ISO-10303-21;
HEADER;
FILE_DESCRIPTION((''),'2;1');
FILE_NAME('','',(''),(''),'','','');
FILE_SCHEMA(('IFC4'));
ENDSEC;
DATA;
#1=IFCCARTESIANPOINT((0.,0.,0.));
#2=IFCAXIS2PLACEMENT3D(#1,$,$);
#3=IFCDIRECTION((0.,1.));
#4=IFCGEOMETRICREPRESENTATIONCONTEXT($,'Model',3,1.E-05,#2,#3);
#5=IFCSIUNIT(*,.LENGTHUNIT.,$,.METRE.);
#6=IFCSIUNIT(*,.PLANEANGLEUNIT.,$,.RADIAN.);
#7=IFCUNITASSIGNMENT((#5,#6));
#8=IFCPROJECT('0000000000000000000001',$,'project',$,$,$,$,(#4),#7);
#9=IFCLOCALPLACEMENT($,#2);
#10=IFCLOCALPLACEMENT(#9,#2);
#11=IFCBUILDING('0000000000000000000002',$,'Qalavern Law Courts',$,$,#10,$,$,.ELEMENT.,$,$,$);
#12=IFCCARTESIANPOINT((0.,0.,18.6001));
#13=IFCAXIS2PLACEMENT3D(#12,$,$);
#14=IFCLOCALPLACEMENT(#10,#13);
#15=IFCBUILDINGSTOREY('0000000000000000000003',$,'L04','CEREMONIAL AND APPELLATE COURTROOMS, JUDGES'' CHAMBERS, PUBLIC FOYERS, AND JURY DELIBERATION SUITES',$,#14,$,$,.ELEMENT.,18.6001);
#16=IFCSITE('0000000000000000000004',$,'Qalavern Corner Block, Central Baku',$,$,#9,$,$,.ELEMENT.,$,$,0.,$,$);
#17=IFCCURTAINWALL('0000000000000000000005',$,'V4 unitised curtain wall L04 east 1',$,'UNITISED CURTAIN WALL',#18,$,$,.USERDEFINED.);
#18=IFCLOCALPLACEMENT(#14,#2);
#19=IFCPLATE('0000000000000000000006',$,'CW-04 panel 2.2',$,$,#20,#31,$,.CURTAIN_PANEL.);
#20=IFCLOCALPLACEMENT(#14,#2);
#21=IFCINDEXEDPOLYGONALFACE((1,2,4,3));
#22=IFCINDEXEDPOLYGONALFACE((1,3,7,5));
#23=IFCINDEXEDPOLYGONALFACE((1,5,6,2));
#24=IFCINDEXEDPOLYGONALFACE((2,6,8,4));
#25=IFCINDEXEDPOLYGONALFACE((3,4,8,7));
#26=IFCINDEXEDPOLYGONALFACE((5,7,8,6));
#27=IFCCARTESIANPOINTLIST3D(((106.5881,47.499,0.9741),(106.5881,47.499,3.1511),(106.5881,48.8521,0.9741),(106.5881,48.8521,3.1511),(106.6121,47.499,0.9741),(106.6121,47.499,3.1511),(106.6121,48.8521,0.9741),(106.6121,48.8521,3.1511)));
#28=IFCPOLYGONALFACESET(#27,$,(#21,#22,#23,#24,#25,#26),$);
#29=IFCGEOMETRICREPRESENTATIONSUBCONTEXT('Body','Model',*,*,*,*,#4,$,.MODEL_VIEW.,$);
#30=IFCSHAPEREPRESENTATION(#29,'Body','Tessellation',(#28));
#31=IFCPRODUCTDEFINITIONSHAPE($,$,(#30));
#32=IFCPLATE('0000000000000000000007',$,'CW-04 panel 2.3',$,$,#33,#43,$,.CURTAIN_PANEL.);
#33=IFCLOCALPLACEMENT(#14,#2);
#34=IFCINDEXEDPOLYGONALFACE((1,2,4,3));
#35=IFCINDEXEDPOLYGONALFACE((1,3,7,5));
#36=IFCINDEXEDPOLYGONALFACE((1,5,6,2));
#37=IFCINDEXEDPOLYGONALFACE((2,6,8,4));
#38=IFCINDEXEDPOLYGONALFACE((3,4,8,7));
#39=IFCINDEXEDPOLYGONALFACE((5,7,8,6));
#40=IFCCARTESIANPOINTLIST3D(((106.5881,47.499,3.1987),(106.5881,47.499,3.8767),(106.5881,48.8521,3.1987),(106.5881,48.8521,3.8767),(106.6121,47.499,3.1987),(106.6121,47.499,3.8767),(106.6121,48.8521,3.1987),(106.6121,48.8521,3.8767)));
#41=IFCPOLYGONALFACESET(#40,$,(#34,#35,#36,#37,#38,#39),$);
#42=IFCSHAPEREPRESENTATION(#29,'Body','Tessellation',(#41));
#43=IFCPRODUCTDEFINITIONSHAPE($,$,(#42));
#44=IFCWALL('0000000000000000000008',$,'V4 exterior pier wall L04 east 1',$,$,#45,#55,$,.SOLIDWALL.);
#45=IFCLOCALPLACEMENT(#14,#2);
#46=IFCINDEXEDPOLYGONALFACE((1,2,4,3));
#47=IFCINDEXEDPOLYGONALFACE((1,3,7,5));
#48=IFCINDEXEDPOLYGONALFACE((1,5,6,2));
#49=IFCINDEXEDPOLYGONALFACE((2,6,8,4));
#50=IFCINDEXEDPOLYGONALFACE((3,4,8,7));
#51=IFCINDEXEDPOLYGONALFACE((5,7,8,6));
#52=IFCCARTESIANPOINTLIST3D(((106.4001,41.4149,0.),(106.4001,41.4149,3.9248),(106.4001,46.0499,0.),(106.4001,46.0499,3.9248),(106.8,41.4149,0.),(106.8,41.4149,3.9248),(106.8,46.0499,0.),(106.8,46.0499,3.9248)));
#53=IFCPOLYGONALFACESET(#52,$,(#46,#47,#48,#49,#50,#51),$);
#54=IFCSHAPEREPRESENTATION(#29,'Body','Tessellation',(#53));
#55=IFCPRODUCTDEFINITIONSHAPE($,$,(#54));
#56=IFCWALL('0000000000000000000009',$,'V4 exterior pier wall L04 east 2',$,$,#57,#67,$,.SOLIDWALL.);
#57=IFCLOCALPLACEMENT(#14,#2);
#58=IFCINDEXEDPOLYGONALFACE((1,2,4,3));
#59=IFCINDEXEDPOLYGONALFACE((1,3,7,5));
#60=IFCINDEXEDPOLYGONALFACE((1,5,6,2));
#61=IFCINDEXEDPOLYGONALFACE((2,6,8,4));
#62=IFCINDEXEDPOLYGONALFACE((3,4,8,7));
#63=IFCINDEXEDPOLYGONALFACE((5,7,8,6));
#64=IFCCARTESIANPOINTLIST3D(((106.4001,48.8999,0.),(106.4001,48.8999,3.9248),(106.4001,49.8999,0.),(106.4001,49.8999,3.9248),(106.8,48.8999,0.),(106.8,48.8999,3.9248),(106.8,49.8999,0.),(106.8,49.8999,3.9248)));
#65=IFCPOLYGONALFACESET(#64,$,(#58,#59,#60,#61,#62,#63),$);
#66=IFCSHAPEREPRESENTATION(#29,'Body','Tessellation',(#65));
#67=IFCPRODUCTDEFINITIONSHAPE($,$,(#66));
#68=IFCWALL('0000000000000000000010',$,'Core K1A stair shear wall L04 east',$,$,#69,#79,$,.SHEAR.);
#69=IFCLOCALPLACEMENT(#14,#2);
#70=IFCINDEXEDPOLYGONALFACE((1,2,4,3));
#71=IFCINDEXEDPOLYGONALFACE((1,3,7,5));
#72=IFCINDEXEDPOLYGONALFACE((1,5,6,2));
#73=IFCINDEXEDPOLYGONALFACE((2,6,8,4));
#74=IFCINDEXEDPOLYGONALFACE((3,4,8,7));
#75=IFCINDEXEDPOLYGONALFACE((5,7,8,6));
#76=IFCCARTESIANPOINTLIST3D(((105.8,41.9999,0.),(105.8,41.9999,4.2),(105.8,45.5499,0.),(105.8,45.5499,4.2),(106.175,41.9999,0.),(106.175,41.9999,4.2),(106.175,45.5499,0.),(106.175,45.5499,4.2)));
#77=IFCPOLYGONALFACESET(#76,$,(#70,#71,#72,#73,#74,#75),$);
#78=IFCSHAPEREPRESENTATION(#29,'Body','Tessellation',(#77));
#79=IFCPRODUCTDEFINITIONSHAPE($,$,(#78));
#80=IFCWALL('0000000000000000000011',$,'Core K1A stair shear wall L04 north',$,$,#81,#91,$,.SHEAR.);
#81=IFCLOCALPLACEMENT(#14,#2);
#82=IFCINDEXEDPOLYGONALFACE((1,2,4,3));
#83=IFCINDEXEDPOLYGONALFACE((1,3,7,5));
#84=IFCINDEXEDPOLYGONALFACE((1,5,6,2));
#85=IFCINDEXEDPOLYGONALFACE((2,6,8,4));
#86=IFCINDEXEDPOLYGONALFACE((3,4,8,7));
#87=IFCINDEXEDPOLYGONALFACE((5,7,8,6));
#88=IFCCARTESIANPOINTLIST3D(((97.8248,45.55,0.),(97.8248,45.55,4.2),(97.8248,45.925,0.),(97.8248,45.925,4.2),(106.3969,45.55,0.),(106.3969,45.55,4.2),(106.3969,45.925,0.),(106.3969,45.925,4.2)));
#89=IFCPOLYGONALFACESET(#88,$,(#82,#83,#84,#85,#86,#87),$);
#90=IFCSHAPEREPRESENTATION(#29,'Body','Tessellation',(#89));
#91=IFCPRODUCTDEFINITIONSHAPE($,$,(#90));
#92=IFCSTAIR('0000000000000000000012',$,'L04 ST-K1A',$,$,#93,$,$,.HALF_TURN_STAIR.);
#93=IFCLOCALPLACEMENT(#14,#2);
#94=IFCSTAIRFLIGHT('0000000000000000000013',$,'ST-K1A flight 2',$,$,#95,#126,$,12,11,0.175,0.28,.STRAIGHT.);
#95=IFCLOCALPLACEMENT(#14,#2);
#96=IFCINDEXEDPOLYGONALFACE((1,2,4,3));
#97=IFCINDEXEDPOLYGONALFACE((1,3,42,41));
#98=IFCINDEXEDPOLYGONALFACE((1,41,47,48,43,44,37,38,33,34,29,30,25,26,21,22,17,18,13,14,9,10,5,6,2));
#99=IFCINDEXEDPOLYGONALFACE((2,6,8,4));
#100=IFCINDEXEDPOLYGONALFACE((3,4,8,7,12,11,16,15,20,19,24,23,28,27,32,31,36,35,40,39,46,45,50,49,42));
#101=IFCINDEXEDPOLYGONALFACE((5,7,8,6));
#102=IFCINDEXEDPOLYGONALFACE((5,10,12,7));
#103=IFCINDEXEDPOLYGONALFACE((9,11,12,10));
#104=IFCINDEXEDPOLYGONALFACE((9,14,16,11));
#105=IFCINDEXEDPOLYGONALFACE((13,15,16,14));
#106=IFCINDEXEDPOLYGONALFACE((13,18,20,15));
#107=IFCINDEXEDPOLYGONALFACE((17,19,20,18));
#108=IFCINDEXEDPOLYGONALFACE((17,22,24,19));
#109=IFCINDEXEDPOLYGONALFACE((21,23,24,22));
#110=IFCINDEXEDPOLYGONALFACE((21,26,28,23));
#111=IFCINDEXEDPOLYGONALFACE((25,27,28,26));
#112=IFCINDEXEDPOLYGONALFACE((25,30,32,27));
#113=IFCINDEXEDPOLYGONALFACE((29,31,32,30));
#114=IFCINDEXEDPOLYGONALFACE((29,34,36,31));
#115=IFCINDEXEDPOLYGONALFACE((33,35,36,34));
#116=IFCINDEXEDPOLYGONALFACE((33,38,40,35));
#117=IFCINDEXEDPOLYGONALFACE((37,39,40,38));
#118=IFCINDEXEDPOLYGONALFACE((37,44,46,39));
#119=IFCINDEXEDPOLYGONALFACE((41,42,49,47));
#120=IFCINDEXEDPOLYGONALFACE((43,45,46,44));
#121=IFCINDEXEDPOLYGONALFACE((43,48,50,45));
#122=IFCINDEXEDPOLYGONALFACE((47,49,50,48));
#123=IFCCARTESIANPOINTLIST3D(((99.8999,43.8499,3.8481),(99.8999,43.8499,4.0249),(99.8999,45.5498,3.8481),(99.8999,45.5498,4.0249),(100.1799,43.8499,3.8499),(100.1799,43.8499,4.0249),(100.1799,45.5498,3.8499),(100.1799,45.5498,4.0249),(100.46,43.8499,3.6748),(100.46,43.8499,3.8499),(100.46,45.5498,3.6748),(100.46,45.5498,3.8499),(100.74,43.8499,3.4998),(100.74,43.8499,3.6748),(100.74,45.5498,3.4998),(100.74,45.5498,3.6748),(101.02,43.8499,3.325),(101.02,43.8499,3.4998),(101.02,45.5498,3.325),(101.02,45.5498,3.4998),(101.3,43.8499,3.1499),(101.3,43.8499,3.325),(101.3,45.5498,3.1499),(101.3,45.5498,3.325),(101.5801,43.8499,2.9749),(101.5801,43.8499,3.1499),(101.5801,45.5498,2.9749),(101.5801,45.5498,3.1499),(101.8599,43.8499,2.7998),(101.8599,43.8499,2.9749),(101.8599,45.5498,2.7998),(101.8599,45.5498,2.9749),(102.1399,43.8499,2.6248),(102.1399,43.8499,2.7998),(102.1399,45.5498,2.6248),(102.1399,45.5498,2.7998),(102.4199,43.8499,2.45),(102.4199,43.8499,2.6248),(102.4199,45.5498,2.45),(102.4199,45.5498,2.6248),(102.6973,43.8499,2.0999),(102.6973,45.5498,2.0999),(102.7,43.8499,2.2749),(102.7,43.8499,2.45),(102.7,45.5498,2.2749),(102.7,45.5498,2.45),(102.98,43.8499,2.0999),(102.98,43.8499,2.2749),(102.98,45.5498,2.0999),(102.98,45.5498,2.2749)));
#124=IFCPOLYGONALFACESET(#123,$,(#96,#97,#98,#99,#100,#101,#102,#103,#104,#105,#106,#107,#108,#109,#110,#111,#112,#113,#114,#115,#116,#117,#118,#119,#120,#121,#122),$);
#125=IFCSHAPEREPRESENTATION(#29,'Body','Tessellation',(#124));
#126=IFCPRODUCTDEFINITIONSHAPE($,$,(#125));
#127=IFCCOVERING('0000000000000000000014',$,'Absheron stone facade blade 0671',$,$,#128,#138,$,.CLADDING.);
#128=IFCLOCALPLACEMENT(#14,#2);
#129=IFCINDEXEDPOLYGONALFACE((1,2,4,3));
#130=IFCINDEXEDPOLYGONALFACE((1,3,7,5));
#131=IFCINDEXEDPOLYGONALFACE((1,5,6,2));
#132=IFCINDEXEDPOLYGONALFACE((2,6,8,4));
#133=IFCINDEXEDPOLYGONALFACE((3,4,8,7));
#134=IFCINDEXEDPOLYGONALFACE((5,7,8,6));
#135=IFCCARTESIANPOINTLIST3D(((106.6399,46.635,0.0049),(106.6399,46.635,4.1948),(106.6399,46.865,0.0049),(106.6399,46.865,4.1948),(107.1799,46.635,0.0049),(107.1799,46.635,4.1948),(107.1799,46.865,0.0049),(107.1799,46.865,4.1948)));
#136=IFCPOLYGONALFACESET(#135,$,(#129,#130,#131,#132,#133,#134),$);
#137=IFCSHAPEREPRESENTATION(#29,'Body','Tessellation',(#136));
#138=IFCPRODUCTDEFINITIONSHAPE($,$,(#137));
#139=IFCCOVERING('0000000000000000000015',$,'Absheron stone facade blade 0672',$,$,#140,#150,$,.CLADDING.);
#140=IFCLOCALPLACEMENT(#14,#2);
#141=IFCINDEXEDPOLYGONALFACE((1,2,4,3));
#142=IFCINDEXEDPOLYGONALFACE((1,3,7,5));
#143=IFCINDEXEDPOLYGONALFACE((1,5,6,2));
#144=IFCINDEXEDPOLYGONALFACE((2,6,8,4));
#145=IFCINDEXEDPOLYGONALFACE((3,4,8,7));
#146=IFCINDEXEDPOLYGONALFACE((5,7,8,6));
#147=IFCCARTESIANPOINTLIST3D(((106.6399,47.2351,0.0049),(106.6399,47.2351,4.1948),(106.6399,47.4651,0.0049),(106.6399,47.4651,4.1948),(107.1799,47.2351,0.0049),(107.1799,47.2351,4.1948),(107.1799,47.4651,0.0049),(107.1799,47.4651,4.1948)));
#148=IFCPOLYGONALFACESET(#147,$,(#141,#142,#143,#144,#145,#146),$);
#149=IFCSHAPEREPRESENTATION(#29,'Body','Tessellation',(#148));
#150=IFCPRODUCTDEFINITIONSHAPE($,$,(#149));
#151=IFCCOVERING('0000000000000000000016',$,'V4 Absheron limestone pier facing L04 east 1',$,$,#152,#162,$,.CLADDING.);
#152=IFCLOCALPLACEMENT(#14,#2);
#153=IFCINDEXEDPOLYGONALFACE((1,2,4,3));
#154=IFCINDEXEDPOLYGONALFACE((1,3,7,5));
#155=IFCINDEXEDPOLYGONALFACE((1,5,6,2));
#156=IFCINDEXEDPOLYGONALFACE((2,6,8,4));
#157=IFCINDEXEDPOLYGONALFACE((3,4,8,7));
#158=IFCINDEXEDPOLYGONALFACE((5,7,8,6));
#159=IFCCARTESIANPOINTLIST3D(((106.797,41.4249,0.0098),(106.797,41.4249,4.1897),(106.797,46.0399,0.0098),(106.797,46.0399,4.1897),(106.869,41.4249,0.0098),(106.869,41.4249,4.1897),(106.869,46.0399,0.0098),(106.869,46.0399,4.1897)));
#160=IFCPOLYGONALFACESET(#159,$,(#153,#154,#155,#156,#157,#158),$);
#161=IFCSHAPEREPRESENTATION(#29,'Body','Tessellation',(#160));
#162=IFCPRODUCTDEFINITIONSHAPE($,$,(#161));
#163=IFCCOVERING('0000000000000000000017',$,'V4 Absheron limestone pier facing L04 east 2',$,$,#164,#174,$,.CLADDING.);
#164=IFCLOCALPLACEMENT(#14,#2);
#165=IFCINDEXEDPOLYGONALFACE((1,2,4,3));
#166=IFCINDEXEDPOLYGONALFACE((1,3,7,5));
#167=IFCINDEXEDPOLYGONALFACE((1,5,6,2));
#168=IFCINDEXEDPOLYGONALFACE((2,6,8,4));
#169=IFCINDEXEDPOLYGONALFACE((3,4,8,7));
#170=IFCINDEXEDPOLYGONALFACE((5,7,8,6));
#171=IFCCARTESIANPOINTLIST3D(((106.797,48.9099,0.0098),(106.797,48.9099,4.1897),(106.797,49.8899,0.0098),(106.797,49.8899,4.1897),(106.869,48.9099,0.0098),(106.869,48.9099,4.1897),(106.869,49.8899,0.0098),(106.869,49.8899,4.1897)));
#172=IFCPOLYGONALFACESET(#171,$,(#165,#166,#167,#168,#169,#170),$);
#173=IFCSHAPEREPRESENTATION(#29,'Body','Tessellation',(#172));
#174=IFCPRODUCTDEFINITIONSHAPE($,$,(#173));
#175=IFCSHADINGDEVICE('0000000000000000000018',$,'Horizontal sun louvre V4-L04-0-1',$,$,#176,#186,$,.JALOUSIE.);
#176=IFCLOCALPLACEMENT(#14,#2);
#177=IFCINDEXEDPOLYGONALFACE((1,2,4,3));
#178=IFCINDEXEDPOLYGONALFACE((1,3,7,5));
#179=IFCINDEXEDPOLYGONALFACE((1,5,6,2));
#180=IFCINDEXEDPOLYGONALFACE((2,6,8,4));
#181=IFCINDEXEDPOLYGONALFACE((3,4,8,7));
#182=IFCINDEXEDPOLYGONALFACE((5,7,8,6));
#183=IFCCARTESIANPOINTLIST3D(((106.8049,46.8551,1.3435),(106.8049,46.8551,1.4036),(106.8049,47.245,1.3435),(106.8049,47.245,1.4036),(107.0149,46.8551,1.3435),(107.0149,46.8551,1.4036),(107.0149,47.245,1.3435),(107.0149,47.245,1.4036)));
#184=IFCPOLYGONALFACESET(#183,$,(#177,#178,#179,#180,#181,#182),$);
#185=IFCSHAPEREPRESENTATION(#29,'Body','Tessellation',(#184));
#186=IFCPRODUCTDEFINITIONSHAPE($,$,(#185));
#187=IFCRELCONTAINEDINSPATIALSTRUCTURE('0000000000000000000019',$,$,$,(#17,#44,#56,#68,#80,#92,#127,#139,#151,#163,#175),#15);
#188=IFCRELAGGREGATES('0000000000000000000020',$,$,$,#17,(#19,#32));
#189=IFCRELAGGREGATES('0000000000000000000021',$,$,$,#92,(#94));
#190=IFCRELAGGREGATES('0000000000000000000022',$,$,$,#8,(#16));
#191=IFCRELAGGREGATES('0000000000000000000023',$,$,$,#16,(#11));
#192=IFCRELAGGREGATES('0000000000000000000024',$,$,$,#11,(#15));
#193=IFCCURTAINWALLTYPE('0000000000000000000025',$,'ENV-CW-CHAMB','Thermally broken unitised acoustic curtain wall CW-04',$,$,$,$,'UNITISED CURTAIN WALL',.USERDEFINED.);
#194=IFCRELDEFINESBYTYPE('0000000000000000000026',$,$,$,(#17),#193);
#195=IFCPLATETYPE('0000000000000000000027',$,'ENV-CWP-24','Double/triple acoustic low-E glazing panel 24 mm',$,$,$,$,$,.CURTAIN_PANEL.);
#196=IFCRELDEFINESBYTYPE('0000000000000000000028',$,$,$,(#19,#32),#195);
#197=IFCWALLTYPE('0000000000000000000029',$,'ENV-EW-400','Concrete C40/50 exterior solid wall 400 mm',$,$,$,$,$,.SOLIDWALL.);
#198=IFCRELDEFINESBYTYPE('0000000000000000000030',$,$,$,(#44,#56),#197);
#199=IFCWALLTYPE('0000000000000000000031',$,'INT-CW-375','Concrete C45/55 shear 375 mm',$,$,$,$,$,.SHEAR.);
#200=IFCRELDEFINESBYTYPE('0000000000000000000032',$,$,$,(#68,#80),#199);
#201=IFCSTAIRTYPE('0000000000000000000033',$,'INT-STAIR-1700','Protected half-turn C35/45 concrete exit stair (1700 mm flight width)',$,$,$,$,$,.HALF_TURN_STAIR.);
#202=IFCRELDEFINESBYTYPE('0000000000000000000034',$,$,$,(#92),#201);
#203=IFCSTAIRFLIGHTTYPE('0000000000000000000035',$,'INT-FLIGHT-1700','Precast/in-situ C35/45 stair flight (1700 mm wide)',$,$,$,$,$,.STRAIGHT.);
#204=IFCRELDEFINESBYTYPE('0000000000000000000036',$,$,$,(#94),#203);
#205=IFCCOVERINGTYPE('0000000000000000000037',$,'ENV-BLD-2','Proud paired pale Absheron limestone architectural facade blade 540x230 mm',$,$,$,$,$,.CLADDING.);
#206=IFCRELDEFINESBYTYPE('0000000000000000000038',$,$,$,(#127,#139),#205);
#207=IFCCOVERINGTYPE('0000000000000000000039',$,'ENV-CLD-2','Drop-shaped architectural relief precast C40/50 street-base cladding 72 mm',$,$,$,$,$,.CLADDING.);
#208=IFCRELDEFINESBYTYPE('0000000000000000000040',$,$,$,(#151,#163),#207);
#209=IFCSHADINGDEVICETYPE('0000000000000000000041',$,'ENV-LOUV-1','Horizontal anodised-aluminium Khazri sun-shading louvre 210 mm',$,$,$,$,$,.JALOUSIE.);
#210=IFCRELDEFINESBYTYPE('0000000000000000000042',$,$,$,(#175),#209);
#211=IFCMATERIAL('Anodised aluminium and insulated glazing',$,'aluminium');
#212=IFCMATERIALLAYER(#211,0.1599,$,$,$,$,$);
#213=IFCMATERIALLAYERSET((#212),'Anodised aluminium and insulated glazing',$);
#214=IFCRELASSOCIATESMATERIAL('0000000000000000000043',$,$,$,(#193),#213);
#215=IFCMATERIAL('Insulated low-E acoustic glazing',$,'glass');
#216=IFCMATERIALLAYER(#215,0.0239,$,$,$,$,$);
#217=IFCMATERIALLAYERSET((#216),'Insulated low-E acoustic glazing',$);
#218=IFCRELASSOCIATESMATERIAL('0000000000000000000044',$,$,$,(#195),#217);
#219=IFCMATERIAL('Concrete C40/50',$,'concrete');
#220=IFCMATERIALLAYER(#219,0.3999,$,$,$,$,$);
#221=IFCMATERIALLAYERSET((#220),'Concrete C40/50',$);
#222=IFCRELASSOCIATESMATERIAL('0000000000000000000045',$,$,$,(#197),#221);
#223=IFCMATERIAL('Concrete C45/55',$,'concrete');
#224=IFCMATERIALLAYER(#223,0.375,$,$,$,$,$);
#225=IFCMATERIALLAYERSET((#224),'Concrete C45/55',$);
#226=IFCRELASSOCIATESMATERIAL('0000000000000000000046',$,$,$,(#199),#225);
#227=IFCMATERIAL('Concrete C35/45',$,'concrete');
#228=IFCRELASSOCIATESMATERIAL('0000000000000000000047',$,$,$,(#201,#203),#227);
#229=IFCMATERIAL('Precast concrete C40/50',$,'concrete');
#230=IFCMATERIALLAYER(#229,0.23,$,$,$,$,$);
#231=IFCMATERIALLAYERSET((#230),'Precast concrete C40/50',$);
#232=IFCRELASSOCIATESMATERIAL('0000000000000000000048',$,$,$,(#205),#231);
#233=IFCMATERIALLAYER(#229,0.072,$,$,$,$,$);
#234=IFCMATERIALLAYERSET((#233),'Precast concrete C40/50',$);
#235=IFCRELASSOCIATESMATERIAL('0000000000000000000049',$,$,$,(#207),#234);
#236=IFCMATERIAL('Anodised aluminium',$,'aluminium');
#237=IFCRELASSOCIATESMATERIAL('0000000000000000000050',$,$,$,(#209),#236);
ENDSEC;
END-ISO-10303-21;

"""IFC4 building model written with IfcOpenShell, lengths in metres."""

from ifc_helpers import new_model, si_unit, direction, frame, frame_2d, origin, origin_2d, place, context, subcontext, project, spatial, polyline, rectangle, outline, extrude, material, layer, layer_set, type_object, element, aggregate, save


model = new_model("IFC4")

# Units and contexts
model_context = context("Model", 3, precision=1e-05, world=origin(), true_north=direction((0.0, 1.0)))
body_context = subcontext(model_context, "Body", "Model", "MODEL_VIEW")
ifc_project = project(units=[si_unit("LENGTHUNIT", "METRE"), si_unit("PLANEANGLEUNIT", "RADIAN")], contexts=[model_context])

# Site, building, storey
site_placement = place(None, origin())
site = spatial("IfcSite", under=ifc_project, at=site_placement, Name="Qalavern Corner Block, Central Baku", CompositionType="ELEMENT", RefElevation=0.0)
building_placement = place(site_placement, origin())
building = spatial("IfcBuilding", under=site, at=building_placement, Name="Qalavern Law Courts", CompositionType="ELEMENT")
storey_placement = place(building_placement, frame((0.0, 0.0, 18.6001)))
storey = spatial("IfcBuildingStorey", under=building, at=storey_placement, Name="L04", Description="CEREMONIAL AND APPELLATE COURTROOMS, JUDGES' CHAMBERS, PUBLIC FOYERS, AND JURY DELIBERATION SUITES", CompositionType="ELEMENT", Elevation=18.6001)

# Shared definitions
ifc_material_1 = material(Name="Concrete C45/55", Category="concrete")

# Curtain wall
ifc_material_2 = material(Name="Anodised aluminium and insulated glazing", Category="aluminium")
ifc_layer_1 = layer(ifc_material_2, 0.1599)
ifc_layer_set_1 = layer_set([ifc_layer_1], Name="Anodised aluminium and insulated glazing")
curtain_wall_type = type_object("IfcCurtainWallType", Name="ENV-CW-CHAMB", Description="Thermally broken unitised acoustic curtain wall CW-04", ElementType="UNITISED CURTAIN WALL", PredefinedType="USERDEFINED", material=ifc_layer_set_1)
curtain_wall_placement = place(storey_placement, origin())
curtain_wall = element("IfcCurtainWall", 1, at=curtain_wall_placement, inside=storey, type_object=curtain_wall_type, Name="V4 unitised curtain wall L04 east 1", ObjectType="UNITISED CURTAIN WALL", PredefinedType="USERDEFINED")
ifc_material_3 = material(Name="Anodised aluminium", Category="aluminium")

# Plates
ifc_material_4 = material(Name="Insulated low-E acoustic glazing", Category="glass")
ifc_layer_2 = layer(ifc_material_4, 0.0239)
ifc_layer_set_2 = layer_set([ifc_layer_2], Name="Insulated low-E acoustic glazing")
plate_type = type_object("IfcPlateType", Name="ENV-CWP-24", Description="Double/triple acoustic low-E glazing panel 24 mm", PredefinedType="CURTAIN_PANEL", material=ifc_layer_set_2)
plate_1_placement = place(storey_placement, frame((106.6001, 48.1755, 0.9741), z_axis=(0.0, 0.0, 1.0), x_axis=(0.0, 1.0, 0.0)))
plate_1 = element("IfcPlate", 2, at=plate_1_placement, type_object=plate_type, Name="CW-04 panel 2.2", PredefinedType="CURTAIN_PANEL", context=body_context, shape_type="SweptSolid", body=[
    extrude(rectangle(XDim=1.353, YDim=0.0239, at=origin_2d()), origin(), (0.0, 0.0, 1.0), 2.177),
])
plate_2_placement = place(storey_placement, frame((106.6001, 48.1755, 3.1987), z_axis=(0.0, 0.0, 1.0), x_axis=(0.0, 1.0, 0.0)))
plate_2 = element("IfcPlate", 3, at=plate_2_placement, type_object=plate_type, Name="CW-04 panel 2.3", PredefinedType="CURTAIN_PANEL", context=body_context, shape_type="SweptSolid", body=[
    extrude(rectangle(XDim=1.353, YDim=0.0239, at=origin_2d()), origin(), (0.0, 0.0, 1.0), 0.678),
])
aggregate(curtain_wall, [plate_1, plate_2])

# Walls
ifc_material_5 = material(Name="Concrete C40/50", Category="concrete")
ifc_layer_3 = layer(ifc_material_5, 0.3999)
ifc_layer_set_3 = layer_set([ifc_layer_3], Name="Concrete C40/50")
wall_type_1 = type_object("IfcWallType", Name="ENV-EW-400", Description="Concrete C40/50 exterior solid wall 400 mm", PredefinedType="SOLIDWALL", material=ifc_layer_set_3)
wall_1_placement = place(storey_placement, frame((106.6001, 41.415, 0.0), z_axis=(0.0, 0.0, 1.0), x_axis=(0.0, 1.0, 0.0)))
element("IfcWall", 4, at=wall_1_placement, inside=storey, type_object=wall_type_1, Name="V4 exterior pier wall L04 east 1", PredefinedType="SOLIDWALL", context=body_context, shape_type="SweptSolid", body=[
    extrude(rectangle(XDim=4.635, YDim=0.3999, at=frame_2d((2.3174, 0.0))), origin(), (0.0, 0.0, 1.0), 3.9248),
])
wall_2_placement = place(storey_placement, frame((106.6001, 48.8999, 0.0), z_axis=(0.0, 0.0, 1.0), x_axis=(0.0, 1.0, 0.0)))
element("IfcWall", 5, at=wall_2_placement, inside=storey, type_object=wall_type_1, Name="V4 exterior pier wall L04 east 2", PredefinedType="SOLIDWALL", context=body_context, shape_type="SweptSolid", body=[
    extrude(rectangle(XDim=1.0, YDim=0.3999, at=frame_2d((0.5, 0.0))), origin(), (0.0, 0.0, 1.0), 3.9248),
])
ifc_layer_4 = layer(ifc_material_1, 0.375)
ifc_layer_set_4 = layer_set([ifc_layer_4], Name="Concrete C45/55")
wall_type_2 = type_object("IfcWallType", Name="INT-CW-375", Description="Concrete C45/55 shear 375 mm", PredefinedType="SHEAR", material=ifc_layer_set_4)
wall_3_placement = place(storey_placement, frame((105.9875, 42.0, 0.0), z_axis=(0.0, 0.0, 1.0), x_axis=(0.0, 1.0, 0.0)))
element("IfcWall", 6, at=wall_3_placement, inside=storey, type_object=wall_type_2, Name="Core K1A stair shear wall L04 east", PredefinedType="SHEAR", context=body_context, shape_type="SweptSolid", body=[
    extrude(rectangle(XDim=3.55, YDim=0.375, at=frame_2d((1.7749, 0.0))), origin(), (0.0, 0.0, 1.0), 4.2),
])
wall_4_placement = place(storey_placement, frame((106.397, 45.7375, 0.0), z_axis=(0.0, 0.0, 1.0), x_axis=(-1.0, 0.0, 0.0)))
element("IfcWall", 7, at=wall_4_placement, inside=storey, type_object=wall_type_2, Name="Core K1A stair shear wall L04 north", PredefinedType="SHEAR", context=body_context, shape_type="SweptSolid", body=[
    extrude(rectangle(XDim=8.572, YDim=0.375, at=frame_2d((4.2861, 0.0))), origin(), (0.0, 0.0, 1.0), 4.2),
])

# Stair, stair flight
ifc_material_6 = material(Name="Concrete C35/45", Category="concrete")
stair_type = type_object("IfcStairType", Name="INT-STAIR-1700", Description="Protected half-turn C35/45 concrete exit stair (1700 mm flight width)", PredefinedType="HALF_TURN_STAIR", material=ifc_material_6)
stair_placement = place(storey_placement, origin())
stair = element("IfcStair", 8, at=stair_placement, inside=storey, type_object=stair_type, Name="L04 ST-K1A", PredefinedType="HALF_TURN_STAIR")
stair_flight_type = type_object("IfcStairFlightType", Name="INT-FLIGHT-1700", Description="Precast/in-situ C35/45 stair flight (1700 mm wide)", PredefinedType="STRAIGHT", material=ifc_material_6)
stair_flight_placement = place(storey_placement, frame((102.98, 44.7, 2.0999), z_axis=(0.0, 0.0, 1.0), x_axis=(-1.0, 0.0, 0.0)))
stair_flight = element("IfcStairFlight", 9, at=stair_flight_placement, type_object=stair_flight_type, Name="ST-K1A flight 2", NumberOfRisers=12, NumberOfTreads=11, PredefinedType="STRAIGHT", RiserHeight=0.175, TreadLength=0.28, context=body_context, shape_type="SweptSolid", body=[
    extrude(outline(polyline([(0.0, 0.0), (0.0, 0.175), (0.28, 0.175), (0.28, 0.3501), (0.5601, 0.3501), (0.5601, 0.5249), (0.8401, 0.5249), (0.8401, 0.7), (1.1201, 0.7), (1.1201, 0.875), (1.3999, 0.875), (1.3999, 1.05), (1.6799, 1.05), (1.6799, 1.2251), (1.96, 1.2251), (1.96, 1.3999), (2.24, 1.3999), (2.24, 1.575), (2.52, 1.575), (2.52, 1.75), (2.8, 1.75), (2.8, 1.925), (3.0801, 1.925), (3.0801, 2.1001), (3.0801, 1.7483), (0.2827, 0.0), (0.0, 0.0)])), frame((0.0, 0.8501, 0.0), z_axis=(0.0, -1.0, 0.0), x_axis=(1.0, 0.0, 0.0)), (0.0, 0.0, 1.0), 1.7),
])
aggregate(stair, [stair_flight])

# Coverings
ifc_material_7 = material(Name="Precast concrete C40/50", Category="concrete")
ifc_layer_5 = layer(ifc_material_7, 0.23)
ifc_layer_set_5 = layer_set([ifc_layer_5], Name="Precast concrete C40/50")
covering_type_1 = type_object("IfcCoveringType", Name="ENV-BLD-2", Description="Proud paired pale Absheron limestone architectural facade blade 540x230 mm", PredefinedType="CLADDING", material=ifc_layer_set_5)
for number, where, z_axis, x_axis, name in (
    (10, (106.9099, 46.75, 0.0049), (0.0, 0.0, 1.0), (1.0, 0.0, 0.0), "Absheron stone facade blade 0671"),
    (11, (106.9099, 47.3501, 0.0049), (0.0, 0.0, 1.0), (1.0, 0.0, 0.0), "Absheron stone facade blade 0672"),
):
    element("IfcCovering", number, at=place(storey_placement, frame(where, z_axis=z_axis, x_axis=x_axis)), inside=storey, type_object=covering_type_1, Name=name, PredefinedType="CLADDING", context=body_context, shape_type="SweptSolid", body=[
        extrude(rectangle(XDim=0.54, YDim=0.23, at=origin_2d()), origin(), (0.0, 0.0, 1.0), 4.1899),
    ])
ifc_layer_6 = layer(ifc_material_7, 0.072)
ifc_layer_set_6 = layer_set([ifc_layer_6], Name="Precast concrete C40/50")
covering_type_2 = type_object("IfcCoveringType", Name="ENV-CLD-2", Description="Drop-shaped architectural relief precast C40/50 street-base cladding 72 mm", PredefinedType="CLADDING", material=ifc_layer_set_6)
covering_1_placement = place(storey_placement, frame((106.833, 43.7324, 0.0098), z_axis=(0.0, 0.0, 1.0), x_axis=(0.0, 1.0, 0.0)))
element("IfcCovering", 12, at=covering_1_placement, inside=storey, type_object=covering_type_2, Name="V4 Absheron limestone pier facing L04 east 1", PredefinedType="CLADDING", context=body_context, shape_type="SweptSolid", body=[
    extrude(rectangle(XDim=4.615, YDim=0.072, at=origin_2d()), origin(), (0.0, 0.0, 1.0), 4.1799),
])
covering_2_placement = place(storey_placement, frame((106.833, 49.3999, 0.0098), z_axis=(0.0, 0.0, 1.0), x_axis=(0.0, 1.0, 0.0)))
element("IfcCovering", 13, at=covering_2_placement, inside=storey, type_object=covering_type_2, Name="V4 Absheron limestone pier facing L04 east 2", PredefinedType="CLADDING", context=body_context, shape_type="SweptSolid", body=[
    extrude(rectangle(XDim=0.98, YDim=0.072, at=origin_2d()), origin(), (0.0, 0.0, 1.0), 4.1799),
])

# Shading device
shading_device_type = type_object("IfcShadingDeviceType", Name="ENV-LOUV-1", Description="Horizontal anodised-aluminium Khazri sun-shading louvre 210 mm", PredefinedType="JALOUSIE", material=ifc_material_3)
for number, where, z_axis, x_axis, name in (
    (14, (106.9099, 47.05, 1.3435), (0.0, 0.0, 1.0), (0.0, 1.0, 0.0), "Horizontal sun louvre V4-L04-0-1"),
):
    element("IfcShadingDevice", number, at=place(storey_placement, frame(where, z_axis=z_axis, x_axis=x_axis)), inside=storey, type_object=shading_device_type, Name=name, PredefinedType="JALOUSIE", context=body_context, shape_type="SweptSolid", body=[
        extrude(rectangle(XDim=0.3899, YDim=0.21, at=origin_2d()), origin(), (0.0, 0.0, 1.0), 0.0601),
    ])

save(model, "model.ifc")
